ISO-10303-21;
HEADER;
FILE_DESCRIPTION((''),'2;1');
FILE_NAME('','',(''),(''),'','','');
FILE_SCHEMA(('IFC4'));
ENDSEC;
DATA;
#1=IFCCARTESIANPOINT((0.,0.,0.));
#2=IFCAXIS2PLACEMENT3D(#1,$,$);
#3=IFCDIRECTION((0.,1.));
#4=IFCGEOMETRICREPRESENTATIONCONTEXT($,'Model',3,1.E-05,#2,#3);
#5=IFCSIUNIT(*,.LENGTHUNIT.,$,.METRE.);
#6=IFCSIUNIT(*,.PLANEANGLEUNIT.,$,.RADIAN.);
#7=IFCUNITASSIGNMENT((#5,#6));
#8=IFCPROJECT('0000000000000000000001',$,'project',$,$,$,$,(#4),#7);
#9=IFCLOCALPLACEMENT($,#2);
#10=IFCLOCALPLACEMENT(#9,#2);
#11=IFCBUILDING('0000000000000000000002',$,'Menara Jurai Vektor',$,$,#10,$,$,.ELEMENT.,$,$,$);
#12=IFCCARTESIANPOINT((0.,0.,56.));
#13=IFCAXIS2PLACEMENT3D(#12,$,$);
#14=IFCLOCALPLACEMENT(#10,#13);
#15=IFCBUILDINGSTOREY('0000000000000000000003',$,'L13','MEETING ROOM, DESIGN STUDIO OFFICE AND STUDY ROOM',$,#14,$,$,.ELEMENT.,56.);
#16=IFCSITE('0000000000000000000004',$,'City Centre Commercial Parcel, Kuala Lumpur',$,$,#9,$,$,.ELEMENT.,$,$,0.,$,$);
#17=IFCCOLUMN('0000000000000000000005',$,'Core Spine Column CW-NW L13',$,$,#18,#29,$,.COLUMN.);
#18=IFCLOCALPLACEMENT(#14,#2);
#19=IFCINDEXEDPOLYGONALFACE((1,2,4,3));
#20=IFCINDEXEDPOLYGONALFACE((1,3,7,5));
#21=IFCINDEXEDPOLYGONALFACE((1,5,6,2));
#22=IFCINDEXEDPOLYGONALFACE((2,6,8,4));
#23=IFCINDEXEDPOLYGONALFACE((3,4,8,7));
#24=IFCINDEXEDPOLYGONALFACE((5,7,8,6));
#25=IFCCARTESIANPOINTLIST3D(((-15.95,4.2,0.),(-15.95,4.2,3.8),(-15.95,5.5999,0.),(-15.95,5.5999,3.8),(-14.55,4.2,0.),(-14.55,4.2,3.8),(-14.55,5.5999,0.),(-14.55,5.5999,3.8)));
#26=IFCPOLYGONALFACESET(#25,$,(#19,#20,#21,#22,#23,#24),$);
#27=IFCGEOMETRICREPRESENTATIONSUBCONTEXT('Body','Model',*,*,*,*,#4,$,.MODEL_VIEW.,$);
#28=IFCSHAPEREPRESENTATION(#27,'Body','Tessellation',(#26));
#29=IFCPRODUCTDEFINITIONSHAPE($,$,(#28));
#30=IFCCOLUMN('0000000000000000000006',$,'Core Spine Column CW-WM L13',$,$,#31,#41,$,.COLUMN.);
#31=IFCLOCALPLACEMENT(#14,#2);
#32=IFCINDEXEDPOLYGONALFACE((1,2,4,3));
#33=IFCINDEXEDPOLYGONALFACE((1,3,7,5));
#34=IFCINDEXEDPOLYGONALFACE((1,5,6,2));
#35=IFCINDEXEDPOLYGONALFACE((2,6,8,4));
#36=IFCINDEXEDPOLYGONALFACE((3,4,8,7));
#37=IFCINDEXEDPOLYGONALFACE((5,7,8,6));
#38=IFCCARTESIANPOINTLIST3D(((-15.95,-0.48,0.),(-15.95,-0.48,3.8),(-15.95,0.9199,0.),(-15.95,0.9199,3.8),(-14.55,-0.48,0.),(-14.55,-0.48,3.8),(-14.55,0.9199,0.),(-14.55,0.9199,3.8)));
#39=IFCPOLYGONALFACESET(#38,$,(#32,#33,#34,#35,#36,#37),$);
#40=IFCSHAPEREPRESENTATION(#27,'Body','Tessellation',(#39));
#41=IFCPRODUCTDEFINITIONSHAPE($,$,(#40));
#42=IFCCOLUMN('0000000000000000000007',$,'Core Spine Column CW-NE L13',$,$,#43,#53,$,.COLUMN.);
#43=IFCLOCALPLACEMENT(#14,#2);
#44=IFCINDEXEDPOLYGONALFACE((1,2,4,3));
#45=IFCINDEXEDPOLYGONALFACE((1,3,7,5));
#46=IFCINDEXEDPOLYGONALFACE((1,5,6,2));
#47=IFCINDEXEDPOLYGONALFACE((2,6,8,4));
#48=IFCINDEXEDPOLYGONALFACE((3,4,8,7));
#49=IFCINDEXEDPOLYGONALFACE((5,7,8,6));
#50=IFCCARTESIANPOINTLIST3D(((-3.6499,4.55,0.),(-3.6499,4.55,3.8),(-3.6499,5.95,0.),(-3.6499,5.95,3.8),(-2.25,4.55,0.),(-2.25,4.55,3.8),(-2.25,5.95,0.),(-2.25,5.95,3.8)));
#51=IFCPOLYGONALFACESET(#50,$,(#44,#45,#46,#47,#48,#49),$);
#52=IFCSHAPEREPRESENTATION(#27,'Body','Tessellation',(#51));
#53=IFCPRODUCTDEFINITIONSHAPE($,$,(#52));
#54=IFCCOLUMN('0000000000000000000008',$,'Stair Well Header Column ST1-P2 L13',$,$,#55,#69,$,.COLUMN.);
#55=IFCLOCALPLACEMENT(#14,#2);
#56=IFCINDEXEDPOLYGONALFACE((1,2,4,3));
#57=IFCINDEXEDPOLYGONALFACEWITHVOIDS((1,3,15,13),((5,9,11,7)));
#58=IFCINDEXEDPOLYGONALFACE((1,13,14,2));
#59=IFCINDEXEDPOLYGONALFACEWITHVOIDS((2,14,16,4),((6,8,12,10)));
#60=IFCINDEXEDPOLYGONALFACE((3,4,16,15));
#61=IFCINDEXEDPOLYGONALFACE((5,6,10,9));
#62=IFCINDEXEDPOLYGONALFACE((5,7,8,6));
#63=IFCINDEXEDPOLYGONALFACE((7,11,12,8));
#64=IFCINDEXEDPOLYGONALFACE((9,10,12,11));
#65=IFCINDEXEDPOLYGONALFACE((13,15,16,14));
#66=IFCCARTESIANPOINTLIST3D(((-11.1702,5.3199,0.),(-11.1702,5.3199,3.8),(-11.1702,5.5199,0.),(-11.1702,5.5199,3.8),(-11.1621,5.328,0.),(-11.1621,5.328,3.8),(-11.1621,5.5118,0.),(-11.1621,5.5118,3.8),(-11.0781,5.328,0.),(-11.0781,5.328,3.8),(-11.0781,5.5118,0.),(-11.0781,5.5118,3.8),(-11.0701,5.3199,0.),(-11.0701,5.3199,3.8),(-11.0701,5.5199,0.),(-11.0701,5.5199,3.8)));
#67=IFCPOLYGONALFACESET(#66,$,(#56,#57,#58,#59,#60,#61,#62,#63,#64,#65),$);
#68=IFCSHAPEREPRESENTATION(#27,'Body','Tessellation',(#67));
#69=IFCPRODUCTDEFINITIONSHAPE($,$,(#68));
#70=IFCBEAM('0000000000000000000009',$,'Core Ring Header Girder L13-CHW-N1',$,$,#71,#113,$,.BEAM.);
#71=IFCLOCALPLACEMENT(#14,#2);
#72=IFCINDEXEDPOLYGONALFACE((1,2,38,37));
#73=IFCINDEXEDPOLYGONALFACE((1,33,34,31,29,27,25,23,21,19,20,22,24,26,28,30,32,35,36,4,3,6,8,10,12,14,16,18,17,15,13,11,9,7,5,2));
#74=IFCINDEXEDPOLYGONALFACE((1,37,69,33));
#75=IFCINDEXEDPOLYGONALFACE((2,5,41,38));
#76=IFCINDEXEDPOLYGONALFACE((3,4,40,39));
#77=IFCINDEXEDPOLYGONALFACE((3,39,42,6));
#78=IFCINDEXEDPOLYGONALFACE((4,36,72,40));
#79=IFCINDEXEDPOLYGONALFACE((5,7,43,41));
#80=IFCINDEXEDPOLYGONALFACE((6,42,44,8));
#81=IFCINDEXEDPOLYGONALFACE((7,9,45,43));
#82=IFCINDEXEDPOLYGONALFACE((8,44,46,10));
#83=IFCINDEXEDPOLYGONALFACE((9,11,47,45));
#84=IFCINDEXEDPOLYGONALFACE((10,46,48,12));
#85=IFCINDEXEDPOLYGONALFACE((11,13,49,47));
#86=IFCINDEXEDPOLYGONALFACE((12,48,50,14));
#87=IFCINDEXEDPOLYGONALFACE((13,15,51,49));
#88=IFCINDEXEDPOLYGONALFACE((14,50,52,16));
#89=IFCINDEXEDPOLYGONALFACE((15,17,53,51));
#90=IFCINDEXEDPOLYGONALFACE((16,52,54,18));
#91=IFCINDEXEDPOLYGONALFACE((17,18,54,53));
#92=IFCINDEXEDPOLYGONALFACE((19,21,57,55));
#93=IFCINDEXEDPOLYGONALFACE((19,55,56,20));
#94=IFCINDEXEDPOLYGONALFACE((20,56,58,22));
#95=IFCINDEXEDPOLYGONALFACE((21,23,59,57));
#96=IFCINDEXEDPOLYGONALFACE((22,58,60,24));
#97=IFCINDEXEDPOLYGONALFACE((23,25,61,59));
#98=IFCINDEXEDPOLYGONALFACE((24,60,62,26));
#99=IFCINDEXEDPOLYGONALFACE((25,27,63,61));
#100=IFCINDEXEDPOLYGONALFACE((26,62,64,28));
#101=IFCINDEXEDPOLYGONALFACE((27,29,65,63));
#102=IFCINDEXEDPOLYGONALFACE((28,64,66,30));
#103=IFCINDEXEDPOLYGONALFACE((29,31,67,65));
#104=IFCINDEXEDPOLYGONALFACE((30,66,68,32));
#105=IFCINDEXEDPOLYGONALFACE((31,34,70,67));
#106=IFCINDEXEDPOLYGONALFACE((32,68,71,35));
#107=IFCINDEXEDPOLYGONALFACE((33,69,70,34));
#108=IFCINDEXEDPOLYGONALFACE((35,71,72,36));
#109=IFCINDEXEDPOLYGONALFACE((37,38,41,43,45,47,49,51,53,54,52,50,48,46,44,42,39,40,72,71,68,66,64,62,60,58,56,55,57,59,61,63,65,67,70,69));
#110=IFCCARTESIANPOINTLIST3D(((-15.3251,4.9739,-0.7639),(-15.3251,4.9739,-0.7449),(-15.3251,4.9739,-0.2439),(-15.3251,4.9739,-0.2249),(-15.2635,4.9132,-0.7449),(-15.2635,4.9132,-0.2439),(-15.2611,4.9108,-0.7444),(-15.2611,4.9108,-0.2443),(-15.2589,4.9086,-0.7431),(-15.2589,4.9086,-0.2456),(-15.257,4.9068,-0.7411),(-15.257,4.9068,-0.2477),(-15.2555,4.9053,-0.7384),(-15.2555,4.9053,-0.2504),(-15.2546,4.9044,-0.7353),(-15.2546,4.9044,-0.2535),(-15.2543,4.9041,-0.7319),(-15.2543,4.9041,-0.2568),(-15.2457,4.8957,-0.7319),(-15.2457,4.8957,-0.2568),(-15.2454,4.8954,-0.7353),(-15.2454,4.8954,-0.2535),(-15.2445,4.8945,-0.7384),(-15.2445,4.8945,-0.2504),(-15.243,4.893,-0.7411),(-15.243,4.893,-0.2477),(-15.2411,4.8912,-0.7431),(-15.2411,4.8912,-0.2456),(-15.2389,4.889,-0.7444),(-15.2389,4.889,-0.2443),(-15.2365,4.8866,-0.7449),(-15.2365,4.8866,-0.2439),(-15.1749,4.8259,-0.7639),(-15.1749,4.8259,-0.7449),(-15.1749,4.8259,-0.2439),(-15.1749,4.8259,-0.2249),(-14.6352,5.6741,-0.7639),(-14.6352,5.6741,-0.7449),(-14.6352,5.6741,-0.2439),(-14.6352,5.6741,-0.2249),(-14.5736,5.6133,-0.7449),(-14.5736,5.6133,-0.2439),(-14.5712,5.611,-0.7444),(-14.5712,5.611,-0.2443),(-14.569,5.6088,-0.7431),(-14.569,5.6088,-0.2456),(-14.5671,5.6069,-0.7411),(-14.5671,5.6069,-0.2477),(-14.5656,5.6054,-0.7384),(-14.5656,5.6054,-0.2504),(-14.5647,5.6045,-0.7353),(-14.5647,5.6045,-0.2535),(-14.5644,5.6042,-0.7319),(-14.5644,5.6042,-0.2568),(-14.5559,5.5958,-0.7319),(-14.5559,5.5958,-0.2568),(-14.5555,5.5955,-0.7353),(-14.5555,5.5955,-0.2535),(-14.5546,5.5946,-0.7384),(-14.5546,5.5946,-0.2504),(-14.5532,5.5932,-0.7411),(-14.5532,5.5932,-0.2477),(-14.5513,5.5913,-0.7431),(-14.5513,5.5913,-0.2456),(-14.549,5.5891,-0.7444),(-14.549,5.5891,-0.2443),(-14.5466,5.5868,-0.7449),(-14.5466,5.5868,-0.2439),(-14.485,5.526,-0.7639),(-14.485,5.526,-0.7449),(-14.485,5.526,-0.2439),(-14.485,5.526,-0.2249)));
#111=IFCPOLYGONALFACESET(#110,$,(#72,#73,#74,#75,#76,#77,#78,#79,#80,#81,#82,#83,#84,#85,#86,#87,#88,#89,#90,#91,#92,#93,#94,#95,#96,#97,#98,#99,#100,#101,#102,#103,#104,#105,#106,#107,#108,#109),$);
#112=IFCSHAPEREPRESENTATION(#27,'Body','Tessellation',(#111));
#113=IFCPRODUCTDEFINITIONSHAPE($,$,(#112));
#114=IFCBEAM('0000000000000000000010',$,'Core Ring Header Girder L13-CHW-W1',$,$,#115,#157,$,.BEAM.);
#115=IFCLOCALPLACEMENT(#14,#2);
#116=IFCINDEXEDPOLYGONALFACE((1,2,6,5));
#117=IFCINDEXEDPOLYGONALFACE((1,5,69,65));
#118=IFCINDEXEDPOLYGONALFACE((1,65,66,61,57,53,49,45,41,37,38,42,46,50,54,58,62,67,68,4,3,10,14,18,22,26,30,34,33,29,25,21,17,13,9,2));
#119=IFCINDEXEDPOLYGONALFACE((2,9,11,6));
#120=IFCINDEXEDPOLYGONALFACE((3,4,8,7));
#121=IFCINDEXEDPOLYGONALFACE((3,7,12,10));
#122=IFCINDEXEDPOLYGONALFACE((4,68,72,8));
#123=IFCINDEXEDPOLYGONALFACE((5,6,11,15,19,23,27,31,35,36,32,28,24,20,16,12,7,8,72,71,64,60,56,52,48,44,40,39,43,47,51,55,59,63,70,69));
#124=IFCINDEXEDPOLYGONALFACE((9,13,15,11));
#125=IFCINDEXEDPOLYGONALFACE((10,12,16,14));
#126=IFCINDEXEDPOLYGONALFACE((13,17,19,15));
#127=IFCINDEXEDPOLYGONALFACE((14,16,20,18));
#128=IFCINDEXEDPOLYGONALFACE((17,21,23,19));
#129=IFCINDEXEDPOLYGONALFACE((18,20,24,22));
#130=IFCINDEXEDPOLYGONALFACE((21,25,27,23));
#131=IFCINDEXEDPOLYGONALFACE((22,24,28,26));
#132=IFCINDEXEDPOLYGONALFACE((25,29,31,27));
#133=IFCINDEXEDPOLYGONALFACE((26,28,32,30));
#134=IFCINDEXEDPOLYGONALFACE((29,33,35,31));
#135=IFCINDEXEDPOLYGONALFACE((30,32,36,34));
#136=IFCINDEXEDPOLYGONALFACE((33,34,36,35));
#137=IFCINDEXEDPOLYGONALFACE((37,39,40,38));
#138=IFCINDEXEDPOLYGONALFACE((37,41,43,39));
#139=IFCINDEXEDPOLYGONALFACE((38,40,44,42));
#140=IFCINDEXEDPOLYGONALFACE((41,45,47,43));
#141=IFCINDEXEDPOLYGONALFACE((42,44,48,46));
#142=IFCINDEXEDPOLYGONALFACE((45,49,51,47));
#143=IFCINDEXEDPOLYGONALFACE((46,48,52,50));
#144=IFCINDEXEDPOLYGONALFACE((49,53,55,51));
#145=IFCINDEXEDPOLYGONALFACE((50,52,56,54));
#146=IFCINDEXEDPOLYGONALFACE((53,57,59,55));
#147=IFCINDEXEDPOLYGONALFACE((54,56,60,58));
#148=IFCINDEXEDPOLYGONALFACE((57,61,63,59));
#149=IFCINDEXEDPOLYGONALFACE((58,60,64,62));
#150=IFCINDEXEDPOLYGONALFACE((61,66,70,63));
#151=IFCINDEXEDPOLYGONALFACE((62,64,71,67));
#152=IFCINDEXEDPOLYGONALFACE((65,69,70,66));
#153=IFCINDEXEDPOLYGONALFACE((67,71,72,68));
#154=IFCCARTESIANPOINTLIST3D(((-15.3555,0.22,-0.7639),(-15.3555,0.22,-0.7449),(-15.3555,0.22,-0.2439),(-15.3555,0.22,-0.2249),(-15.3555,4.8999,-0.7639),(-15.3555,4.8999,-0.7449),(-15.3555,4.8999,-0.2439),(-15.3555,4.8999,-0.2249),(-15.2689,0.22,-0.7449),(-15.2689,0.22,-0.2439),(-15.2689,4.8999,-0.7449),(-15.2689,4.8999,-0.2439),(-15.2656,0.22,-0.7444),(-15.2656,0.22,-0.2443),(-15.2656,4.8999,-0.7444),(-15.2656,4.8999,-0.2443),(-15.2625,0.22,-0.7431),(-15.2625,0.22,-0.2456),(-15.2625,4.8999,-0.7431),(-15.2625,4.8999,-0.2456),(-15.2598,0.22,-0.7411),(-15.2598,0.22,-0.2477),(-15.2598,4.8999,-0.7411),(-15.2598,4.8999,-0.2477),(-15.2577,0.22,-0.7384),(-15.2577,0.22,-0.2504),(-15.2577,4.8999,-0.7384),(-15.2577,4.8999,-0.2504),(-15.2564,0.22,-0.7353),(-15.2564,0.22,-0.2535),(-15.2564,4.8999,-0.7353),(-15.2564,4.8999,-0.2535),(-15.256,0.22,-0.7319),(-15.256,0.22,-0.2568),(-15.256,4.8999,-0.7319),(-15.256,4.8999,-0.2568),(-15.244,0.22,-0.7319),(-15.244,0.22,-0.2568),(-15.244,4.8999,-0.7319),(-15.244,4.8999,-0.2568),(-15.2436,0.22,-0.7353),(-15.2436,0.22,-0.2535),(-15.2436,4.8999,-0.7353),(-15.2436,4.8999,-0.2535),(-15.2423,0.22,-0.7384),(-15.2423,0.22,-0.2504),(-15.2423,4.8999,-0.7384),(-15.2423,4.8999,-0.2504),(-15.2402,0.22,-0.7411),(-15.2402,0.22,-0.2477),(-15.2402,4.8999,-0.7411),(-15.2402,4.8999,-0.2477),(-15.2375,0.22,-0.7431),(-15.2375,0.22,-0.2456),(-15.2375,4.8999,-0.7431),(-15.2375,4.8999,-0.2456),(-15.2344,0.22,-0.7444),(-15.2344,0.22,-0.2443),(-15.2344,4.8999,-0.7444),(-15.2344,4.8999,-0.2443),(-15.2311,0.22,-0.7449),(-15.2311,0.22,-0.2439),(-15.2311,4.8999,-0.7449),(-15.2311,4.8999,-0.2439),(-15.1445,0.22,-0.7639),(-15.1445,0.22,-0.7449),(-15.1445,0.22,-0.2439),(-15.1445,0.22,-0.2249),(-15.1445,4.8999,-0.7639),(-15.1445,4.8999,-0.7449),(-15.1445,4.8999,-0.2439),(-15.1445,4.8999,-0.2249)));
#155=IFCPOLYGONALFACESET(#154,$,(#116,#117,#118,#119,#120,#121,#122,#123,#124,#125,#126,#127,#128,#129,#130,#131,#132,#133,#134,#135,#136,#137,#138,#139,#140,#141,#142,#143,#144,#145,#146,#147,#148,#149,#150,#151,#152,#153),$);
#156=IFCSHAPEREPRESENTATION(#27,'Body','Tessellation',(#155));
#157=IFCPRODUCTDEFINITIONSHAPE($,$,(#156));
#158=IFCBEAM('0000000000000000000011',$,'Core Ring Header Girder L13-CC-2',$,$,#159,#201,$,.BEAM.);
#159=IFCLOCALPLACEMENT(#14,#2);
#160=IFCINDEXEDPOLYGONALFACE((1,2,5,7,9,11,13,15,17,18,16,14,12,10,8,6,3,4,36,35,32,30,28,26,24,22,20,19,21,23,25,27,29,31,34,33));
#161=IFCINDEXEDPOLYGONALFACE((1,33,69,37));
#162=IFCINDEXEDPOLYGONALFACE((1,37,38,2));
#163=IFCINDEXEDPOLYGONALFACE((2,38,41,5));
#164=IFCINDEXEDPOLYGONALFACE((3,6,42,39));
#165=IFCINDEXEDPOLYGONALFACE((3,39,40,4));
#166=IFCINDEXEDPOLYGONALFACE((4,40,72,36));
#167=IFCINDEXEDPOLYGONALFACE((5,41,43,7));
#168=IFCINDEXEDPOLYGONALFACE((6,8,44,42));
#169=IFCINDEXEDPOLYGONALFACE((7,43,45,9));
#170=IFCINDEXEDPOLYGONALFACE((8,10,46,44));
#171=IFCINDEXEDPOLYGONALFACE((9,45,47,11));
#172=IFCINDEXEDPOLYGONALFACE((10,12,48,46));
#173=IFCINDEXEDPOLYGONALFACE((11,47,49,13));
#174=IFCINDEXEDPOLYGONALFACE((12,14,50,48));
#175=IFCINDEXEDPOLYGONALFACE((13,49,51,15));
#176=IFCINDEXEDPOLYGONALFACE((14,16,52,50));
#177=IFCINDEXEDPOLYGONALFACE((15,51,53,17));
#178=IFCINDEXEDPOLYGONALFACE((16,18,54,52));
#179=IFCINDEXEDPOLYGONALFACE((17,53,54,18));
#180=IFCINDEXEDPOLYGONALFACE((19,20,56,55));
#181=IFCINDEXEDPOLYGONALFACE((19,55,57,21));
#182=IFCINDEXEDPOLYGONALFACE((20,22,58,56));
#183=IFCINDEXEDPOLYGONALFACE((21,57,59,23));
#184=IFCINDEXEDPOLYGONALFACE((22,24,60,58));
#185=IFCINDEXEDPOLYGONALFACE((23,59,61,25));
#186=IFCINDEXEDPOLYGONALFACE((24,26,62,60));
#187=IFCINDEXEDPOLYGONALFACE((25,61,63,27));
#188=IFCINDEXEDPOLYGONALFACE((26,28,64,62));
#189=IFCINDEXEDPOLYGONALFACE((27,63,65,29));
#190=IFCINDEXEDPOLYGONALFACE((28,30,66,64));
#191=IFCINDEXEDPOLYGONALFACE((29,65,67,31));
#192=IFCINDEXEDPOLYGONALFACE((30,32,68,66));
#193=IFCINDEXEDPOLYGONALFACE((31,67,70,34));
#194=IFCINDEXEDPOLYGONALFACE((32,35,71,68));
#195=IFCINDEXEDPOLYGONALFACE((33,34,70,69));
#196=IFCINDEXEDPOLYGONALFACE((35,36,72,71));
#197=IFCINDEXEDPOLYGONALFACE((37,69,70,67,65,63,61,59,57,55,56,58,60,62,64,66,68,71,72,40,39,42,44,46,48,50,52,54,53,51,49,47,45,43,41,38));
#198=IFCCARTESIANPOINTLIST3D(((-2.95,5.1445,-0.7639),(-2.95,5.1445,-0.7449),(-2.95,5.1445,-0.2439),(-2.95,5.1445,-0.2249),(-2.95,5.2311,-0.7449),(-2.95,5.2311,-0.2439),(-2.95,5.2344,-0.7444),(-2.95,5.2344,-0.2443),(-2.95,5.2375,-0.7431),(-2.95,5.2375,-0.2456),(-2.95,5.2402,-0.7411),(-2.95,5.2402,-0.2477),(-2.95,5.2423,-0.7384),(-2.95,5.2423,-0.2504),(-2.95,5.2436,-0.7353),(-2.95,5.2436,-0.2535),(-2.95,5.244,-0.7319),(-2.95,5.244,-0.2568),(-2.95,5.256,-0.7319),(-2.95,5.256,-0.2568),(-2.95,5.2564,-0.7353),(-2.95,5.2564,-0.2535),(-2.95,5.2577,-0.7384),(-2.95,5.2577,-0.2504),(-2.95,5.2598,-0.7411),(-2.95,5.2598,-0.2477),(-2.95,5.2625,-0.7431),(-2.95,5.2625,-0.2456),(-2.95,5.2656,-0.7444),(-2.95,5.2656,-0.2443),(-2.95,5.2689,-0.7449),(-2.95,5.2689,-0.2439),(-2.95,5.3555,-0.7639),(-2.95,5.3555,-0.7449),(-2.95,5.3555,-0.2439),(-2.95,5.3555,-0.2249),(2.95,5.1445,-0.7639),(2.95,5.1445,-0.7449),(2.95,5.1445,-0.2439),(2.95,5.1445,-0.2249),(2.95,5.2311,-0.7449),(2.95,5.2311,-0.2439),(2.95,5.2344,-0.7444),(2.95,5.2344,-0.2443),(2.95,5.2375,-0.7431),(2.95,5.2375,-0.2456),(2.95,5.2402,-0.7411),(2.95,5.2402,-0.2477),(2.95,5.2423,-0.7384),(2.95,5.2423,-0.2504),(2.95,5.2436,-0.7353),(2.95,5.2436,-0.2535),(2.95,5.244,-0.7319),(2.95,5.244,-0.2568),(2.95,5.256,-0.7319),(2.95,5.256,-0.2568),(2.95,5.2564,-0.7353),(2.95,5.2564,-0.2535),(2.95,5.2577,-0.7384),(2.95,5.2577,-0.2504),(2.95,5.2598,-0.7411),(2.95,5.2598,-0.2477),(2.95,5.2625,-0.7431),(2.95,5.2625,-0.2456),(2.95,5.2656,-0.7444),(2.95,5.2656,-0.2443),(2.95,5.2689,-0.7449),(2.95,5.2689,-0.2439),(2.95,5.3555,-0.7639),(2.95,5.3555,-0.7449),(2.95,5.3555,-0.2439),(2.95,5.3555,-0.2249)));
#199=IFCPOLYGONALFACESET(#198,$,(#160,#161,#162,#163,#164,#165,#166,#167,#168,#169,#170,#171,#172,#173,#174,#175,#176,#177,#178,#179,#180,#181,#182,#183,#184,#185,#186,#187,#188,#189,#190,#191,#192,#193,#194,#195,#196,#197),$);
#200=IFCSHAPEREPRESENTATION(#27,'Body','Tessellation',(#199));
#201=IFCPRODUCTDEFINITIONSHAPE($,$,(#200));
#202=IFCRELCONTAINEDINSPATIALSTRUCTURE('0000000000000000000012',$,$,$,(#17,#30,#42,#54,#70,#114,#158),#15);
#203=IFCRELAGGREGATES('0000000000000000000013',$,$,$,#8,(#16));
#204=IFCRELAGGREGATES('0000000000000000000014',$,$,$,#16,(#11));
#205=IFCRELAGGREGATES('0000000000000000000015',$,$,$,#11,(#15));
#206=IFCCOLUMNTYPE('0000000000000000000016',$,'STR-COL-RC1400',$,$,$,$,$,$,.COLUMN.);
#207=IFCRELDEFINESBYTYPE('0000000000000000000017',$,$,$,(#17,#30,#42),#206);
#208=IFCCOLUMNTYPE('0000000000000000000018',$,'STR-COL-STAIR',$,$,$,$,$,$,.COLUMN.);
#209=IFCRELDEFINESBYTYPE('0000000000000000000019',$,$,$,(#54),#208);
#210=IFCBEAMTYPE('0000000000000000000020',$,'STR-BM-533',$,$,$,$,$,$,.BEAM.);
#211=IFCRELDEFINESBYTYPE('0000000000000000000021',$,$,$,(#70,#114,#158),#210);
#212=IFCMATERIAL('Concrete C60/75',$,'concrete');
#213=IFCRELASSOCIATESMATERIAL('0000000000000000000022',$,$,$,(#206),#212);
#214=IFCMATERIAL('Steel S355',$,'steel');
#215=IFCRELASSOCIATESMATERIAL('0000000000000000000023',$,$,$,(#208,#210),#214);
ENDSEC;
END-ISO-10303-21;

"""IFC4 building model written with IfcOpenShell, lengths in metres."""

from ifc_helpers import new_model, si_unit, direction, frame, origin, origin_2d, place, context, subcontext, project, spatial, rectangle, hollow_rectangle, i_section, extrude, material, material_profile, profile_set, type_object, element, save


model = new_model("IFC4")

# Units and contexts
model_context = context("Model", 3, precision=1e-05, world=origin(), true_north=direction((0.0, 1.0)))
body_context = subcontext(model_context, "Body", "Model", "MODEL_VIEW")
ifc_project = project(units=[si_unit("LENGTHUNIT", "METRE"), si_unit("PLANEANGLEUNIT", "RADIAN")], contexts=[model_context])

# Site, building, storey
site_placement = place(None, origin())
site = spatial("IfcSite", under=ifc_project, at=site_placement, Name="City Centre Commercial Parcel, Kuala Lumpur", CompositionType="ELEMENT", RefElevation=0.0)
building_placement = place(site_placement, origin())
building = spatial("IfcBuilding", under=site, at=building_placement, Name="Menara Jurai Vektor", CompositionType="ELEMENT")
storey_placement = place(building_placement, frame((0.0, 0.0, 56.0)))
storey = spatial("IfcBuildingStorey", under=building, at=storey_placement, Name="L13", Description="MEETING ROOM, DESIGN STUDIO OFFICE AND STUDY ROOM", CompositionType="ELEMENT", Elevation=56.0)

# Columns
ifc_material_1 = material(Name="Concrete C60/75", Category="concrete")
ifc_material_profile_1 = material_profile(ifc_material_1, rectangle(XDim=1.3999, YDim=1.3999, at=origin_2d()), Name="RC 1400x1400")
ifc_profile_set_1 = profile_set([ifc_material_profile_1], Name="Concrete C60/75")
column_type_1 = type_object("IfcColumnType", Name="STR-COL-RC1400", PredefinedType="COLUMN", material=ifc_profile_set_1)
for number, where, z_axis, x_axis, name in (
    (1, (-15.25, 4.8999, 0.0), (0.0, 0.0, 1.0), (1.0, 0.0, 0.0), "Core Spine Column CW-NW L13"),
    (2, (-15.25, 0.22, 0.0), (0.0, 0.0, 1.0), (1.0, 0.0, 0.0), "Core Spine Column CW-WM L13"),
    (3, (-2.95, 5.25, 0.0), (0.0, 0.0, 1.0), (1.0, 0.0, 0.0), "Core Spine Column CW-NE L13"),
):
    element("IfcColumn", number, at=place(storey_placement, frame(where, z_axis=z_axis, x_axis=x_axis)), inside=storey, type_object=column_type_1, Name=name, PredefinedType="COLUMN", context=body_context, shape_type="SweptSolid", body=[
        extrude(rectangle(XDim=1.3999, YDim=1.3999, at=origin_2d()), origin(), (0.0, 0.0, 1.0), 3.8),
    ])
ifc_material_2 = material(Name="Steel S355", Category="steel")
ifc_material_profile_2 = material_profile(ifc_material_2, hollow_rectangle(XDim=0.1001, YDim=0.2, WallThickness=0.0081, at=origin_2d()), Name="RHS 200x100x8")
ifc_profile_set_2 = profile_set([ifc_material_profile_2], Name="Steel S355")
column_type_2 = type_object("IfcColumnType", Name="STR-COL-STAIR", PredefinedType="COLUMN", material=ifc_profile_set_2)
column_placement = place(storey_placement, frame((-11.1201, 5.4199, 0.0), z_axis=(0.0, 0.0, 1.0), x_axis=(1.0, 0.0, 0.0)))
element("IfcColumn", 4, at=column_placement, inside=storey, type_object=column_type_2, Name="Stair Well Header Column ST1-P2 L13", PredefinedType="COLUMN", context=body_context, shape_type="SweptSolid", body=[
    extrude(hollow_rectangle(XDim=0.1001, YDim=0.2, WallThickness=0.0081, at=origin_2d()), origin(), (0.0, 0.0, 1.0), 3.8),
])

# Beams
ifc_material_profile_3 = material_profile(ifc_material_2, i_section(OverallWidth=0.2109, OverallDepth=0.5391, WebThickness=0.012, FlangeThickness=0.019, FilletRadius=0.0129, at=origin_2d()), Name="UKB 533x210x109")
ifc_profile_set_3 = profile_set([ifc_material_profile_3], Name="Steel S355")
beam_type_1 = type_object("IfcBeamType", Name="STR-BM-533", PredefinedType="BEAM", material=ifc_profile_set_3)
beam_1_placement = place(storey_placement, frame((-15.25, 4.8999, -0.4944), z_axis=(0.701872, 0.712303, 0.0), x_axis=(-0.712303, 0.701872, 0.0)))
element("IfcBeam", 5, at=beam_1_placement, inside=storey, type_object=beam_type_1, Name="Core Ring Header Girder L13-CHW-N1", PredefinedType="BEAM", context=body_context, shape_type="SweptSolid", body=[
    extrude(i_section(OverallWidth=0.2109, OverallDepth=0.5391, WebThickness=0.012, FlangeThickness=0.019, FilletRadius=0.0129, at=origin_2d()), origin(), (0.0, 0.0, 1.0), 0.9829),
])
beam_2_placement = place(storey_placement, frame((-15.25, 0.22, -0.4944), z_axis=(0.0, 1.0, 0.0), x_axis=(-1.0, 0.0, 0.0)))
element("IfcBeam", 6, at=beam_2_placement, inside=storey, type_object=beam_type_1, Name="Core Ring Header Girder L13-CHW-W1", PredefinedType="BEAM", context=body_context, shape_type="SweptSolid", body=[
    extrude(i_section(OverallWidth=0.2109, OverallDepth=0.5391, WebThickness=0.012, FlangeThickness=0.019, FilletRadius=0.0129, at=origin_2d()), origin(), (0.0, 0.0, 1.0), 4.6799),
])
beam_3_placement = place(storey_placement, frame((-2.95, 5.25, -0.4944), z_axis=(1.0, 0.0, 0.0), x_axis=(0.0, 1.0, 0.0)))
element("IfcBeam", 7, at=beam_3_placement, inside=storey, type_object=beam_type_1, Name="Core Ring Header Girder L13-CC-2", PredefinedType="BEAM", context=body_context, shape_type="SweptSolid", body=[
    extrude(i_section(OverallWidth=0.2109, OverallDepth=0.5391, WebThickness=0.012, FlangeThickness=0.019, FilletRadius=0.0129, at=origin_2d()), origin(), (0.0, 0.0, 1.0), 5.8999),
])

save(model, "model.ifc")
